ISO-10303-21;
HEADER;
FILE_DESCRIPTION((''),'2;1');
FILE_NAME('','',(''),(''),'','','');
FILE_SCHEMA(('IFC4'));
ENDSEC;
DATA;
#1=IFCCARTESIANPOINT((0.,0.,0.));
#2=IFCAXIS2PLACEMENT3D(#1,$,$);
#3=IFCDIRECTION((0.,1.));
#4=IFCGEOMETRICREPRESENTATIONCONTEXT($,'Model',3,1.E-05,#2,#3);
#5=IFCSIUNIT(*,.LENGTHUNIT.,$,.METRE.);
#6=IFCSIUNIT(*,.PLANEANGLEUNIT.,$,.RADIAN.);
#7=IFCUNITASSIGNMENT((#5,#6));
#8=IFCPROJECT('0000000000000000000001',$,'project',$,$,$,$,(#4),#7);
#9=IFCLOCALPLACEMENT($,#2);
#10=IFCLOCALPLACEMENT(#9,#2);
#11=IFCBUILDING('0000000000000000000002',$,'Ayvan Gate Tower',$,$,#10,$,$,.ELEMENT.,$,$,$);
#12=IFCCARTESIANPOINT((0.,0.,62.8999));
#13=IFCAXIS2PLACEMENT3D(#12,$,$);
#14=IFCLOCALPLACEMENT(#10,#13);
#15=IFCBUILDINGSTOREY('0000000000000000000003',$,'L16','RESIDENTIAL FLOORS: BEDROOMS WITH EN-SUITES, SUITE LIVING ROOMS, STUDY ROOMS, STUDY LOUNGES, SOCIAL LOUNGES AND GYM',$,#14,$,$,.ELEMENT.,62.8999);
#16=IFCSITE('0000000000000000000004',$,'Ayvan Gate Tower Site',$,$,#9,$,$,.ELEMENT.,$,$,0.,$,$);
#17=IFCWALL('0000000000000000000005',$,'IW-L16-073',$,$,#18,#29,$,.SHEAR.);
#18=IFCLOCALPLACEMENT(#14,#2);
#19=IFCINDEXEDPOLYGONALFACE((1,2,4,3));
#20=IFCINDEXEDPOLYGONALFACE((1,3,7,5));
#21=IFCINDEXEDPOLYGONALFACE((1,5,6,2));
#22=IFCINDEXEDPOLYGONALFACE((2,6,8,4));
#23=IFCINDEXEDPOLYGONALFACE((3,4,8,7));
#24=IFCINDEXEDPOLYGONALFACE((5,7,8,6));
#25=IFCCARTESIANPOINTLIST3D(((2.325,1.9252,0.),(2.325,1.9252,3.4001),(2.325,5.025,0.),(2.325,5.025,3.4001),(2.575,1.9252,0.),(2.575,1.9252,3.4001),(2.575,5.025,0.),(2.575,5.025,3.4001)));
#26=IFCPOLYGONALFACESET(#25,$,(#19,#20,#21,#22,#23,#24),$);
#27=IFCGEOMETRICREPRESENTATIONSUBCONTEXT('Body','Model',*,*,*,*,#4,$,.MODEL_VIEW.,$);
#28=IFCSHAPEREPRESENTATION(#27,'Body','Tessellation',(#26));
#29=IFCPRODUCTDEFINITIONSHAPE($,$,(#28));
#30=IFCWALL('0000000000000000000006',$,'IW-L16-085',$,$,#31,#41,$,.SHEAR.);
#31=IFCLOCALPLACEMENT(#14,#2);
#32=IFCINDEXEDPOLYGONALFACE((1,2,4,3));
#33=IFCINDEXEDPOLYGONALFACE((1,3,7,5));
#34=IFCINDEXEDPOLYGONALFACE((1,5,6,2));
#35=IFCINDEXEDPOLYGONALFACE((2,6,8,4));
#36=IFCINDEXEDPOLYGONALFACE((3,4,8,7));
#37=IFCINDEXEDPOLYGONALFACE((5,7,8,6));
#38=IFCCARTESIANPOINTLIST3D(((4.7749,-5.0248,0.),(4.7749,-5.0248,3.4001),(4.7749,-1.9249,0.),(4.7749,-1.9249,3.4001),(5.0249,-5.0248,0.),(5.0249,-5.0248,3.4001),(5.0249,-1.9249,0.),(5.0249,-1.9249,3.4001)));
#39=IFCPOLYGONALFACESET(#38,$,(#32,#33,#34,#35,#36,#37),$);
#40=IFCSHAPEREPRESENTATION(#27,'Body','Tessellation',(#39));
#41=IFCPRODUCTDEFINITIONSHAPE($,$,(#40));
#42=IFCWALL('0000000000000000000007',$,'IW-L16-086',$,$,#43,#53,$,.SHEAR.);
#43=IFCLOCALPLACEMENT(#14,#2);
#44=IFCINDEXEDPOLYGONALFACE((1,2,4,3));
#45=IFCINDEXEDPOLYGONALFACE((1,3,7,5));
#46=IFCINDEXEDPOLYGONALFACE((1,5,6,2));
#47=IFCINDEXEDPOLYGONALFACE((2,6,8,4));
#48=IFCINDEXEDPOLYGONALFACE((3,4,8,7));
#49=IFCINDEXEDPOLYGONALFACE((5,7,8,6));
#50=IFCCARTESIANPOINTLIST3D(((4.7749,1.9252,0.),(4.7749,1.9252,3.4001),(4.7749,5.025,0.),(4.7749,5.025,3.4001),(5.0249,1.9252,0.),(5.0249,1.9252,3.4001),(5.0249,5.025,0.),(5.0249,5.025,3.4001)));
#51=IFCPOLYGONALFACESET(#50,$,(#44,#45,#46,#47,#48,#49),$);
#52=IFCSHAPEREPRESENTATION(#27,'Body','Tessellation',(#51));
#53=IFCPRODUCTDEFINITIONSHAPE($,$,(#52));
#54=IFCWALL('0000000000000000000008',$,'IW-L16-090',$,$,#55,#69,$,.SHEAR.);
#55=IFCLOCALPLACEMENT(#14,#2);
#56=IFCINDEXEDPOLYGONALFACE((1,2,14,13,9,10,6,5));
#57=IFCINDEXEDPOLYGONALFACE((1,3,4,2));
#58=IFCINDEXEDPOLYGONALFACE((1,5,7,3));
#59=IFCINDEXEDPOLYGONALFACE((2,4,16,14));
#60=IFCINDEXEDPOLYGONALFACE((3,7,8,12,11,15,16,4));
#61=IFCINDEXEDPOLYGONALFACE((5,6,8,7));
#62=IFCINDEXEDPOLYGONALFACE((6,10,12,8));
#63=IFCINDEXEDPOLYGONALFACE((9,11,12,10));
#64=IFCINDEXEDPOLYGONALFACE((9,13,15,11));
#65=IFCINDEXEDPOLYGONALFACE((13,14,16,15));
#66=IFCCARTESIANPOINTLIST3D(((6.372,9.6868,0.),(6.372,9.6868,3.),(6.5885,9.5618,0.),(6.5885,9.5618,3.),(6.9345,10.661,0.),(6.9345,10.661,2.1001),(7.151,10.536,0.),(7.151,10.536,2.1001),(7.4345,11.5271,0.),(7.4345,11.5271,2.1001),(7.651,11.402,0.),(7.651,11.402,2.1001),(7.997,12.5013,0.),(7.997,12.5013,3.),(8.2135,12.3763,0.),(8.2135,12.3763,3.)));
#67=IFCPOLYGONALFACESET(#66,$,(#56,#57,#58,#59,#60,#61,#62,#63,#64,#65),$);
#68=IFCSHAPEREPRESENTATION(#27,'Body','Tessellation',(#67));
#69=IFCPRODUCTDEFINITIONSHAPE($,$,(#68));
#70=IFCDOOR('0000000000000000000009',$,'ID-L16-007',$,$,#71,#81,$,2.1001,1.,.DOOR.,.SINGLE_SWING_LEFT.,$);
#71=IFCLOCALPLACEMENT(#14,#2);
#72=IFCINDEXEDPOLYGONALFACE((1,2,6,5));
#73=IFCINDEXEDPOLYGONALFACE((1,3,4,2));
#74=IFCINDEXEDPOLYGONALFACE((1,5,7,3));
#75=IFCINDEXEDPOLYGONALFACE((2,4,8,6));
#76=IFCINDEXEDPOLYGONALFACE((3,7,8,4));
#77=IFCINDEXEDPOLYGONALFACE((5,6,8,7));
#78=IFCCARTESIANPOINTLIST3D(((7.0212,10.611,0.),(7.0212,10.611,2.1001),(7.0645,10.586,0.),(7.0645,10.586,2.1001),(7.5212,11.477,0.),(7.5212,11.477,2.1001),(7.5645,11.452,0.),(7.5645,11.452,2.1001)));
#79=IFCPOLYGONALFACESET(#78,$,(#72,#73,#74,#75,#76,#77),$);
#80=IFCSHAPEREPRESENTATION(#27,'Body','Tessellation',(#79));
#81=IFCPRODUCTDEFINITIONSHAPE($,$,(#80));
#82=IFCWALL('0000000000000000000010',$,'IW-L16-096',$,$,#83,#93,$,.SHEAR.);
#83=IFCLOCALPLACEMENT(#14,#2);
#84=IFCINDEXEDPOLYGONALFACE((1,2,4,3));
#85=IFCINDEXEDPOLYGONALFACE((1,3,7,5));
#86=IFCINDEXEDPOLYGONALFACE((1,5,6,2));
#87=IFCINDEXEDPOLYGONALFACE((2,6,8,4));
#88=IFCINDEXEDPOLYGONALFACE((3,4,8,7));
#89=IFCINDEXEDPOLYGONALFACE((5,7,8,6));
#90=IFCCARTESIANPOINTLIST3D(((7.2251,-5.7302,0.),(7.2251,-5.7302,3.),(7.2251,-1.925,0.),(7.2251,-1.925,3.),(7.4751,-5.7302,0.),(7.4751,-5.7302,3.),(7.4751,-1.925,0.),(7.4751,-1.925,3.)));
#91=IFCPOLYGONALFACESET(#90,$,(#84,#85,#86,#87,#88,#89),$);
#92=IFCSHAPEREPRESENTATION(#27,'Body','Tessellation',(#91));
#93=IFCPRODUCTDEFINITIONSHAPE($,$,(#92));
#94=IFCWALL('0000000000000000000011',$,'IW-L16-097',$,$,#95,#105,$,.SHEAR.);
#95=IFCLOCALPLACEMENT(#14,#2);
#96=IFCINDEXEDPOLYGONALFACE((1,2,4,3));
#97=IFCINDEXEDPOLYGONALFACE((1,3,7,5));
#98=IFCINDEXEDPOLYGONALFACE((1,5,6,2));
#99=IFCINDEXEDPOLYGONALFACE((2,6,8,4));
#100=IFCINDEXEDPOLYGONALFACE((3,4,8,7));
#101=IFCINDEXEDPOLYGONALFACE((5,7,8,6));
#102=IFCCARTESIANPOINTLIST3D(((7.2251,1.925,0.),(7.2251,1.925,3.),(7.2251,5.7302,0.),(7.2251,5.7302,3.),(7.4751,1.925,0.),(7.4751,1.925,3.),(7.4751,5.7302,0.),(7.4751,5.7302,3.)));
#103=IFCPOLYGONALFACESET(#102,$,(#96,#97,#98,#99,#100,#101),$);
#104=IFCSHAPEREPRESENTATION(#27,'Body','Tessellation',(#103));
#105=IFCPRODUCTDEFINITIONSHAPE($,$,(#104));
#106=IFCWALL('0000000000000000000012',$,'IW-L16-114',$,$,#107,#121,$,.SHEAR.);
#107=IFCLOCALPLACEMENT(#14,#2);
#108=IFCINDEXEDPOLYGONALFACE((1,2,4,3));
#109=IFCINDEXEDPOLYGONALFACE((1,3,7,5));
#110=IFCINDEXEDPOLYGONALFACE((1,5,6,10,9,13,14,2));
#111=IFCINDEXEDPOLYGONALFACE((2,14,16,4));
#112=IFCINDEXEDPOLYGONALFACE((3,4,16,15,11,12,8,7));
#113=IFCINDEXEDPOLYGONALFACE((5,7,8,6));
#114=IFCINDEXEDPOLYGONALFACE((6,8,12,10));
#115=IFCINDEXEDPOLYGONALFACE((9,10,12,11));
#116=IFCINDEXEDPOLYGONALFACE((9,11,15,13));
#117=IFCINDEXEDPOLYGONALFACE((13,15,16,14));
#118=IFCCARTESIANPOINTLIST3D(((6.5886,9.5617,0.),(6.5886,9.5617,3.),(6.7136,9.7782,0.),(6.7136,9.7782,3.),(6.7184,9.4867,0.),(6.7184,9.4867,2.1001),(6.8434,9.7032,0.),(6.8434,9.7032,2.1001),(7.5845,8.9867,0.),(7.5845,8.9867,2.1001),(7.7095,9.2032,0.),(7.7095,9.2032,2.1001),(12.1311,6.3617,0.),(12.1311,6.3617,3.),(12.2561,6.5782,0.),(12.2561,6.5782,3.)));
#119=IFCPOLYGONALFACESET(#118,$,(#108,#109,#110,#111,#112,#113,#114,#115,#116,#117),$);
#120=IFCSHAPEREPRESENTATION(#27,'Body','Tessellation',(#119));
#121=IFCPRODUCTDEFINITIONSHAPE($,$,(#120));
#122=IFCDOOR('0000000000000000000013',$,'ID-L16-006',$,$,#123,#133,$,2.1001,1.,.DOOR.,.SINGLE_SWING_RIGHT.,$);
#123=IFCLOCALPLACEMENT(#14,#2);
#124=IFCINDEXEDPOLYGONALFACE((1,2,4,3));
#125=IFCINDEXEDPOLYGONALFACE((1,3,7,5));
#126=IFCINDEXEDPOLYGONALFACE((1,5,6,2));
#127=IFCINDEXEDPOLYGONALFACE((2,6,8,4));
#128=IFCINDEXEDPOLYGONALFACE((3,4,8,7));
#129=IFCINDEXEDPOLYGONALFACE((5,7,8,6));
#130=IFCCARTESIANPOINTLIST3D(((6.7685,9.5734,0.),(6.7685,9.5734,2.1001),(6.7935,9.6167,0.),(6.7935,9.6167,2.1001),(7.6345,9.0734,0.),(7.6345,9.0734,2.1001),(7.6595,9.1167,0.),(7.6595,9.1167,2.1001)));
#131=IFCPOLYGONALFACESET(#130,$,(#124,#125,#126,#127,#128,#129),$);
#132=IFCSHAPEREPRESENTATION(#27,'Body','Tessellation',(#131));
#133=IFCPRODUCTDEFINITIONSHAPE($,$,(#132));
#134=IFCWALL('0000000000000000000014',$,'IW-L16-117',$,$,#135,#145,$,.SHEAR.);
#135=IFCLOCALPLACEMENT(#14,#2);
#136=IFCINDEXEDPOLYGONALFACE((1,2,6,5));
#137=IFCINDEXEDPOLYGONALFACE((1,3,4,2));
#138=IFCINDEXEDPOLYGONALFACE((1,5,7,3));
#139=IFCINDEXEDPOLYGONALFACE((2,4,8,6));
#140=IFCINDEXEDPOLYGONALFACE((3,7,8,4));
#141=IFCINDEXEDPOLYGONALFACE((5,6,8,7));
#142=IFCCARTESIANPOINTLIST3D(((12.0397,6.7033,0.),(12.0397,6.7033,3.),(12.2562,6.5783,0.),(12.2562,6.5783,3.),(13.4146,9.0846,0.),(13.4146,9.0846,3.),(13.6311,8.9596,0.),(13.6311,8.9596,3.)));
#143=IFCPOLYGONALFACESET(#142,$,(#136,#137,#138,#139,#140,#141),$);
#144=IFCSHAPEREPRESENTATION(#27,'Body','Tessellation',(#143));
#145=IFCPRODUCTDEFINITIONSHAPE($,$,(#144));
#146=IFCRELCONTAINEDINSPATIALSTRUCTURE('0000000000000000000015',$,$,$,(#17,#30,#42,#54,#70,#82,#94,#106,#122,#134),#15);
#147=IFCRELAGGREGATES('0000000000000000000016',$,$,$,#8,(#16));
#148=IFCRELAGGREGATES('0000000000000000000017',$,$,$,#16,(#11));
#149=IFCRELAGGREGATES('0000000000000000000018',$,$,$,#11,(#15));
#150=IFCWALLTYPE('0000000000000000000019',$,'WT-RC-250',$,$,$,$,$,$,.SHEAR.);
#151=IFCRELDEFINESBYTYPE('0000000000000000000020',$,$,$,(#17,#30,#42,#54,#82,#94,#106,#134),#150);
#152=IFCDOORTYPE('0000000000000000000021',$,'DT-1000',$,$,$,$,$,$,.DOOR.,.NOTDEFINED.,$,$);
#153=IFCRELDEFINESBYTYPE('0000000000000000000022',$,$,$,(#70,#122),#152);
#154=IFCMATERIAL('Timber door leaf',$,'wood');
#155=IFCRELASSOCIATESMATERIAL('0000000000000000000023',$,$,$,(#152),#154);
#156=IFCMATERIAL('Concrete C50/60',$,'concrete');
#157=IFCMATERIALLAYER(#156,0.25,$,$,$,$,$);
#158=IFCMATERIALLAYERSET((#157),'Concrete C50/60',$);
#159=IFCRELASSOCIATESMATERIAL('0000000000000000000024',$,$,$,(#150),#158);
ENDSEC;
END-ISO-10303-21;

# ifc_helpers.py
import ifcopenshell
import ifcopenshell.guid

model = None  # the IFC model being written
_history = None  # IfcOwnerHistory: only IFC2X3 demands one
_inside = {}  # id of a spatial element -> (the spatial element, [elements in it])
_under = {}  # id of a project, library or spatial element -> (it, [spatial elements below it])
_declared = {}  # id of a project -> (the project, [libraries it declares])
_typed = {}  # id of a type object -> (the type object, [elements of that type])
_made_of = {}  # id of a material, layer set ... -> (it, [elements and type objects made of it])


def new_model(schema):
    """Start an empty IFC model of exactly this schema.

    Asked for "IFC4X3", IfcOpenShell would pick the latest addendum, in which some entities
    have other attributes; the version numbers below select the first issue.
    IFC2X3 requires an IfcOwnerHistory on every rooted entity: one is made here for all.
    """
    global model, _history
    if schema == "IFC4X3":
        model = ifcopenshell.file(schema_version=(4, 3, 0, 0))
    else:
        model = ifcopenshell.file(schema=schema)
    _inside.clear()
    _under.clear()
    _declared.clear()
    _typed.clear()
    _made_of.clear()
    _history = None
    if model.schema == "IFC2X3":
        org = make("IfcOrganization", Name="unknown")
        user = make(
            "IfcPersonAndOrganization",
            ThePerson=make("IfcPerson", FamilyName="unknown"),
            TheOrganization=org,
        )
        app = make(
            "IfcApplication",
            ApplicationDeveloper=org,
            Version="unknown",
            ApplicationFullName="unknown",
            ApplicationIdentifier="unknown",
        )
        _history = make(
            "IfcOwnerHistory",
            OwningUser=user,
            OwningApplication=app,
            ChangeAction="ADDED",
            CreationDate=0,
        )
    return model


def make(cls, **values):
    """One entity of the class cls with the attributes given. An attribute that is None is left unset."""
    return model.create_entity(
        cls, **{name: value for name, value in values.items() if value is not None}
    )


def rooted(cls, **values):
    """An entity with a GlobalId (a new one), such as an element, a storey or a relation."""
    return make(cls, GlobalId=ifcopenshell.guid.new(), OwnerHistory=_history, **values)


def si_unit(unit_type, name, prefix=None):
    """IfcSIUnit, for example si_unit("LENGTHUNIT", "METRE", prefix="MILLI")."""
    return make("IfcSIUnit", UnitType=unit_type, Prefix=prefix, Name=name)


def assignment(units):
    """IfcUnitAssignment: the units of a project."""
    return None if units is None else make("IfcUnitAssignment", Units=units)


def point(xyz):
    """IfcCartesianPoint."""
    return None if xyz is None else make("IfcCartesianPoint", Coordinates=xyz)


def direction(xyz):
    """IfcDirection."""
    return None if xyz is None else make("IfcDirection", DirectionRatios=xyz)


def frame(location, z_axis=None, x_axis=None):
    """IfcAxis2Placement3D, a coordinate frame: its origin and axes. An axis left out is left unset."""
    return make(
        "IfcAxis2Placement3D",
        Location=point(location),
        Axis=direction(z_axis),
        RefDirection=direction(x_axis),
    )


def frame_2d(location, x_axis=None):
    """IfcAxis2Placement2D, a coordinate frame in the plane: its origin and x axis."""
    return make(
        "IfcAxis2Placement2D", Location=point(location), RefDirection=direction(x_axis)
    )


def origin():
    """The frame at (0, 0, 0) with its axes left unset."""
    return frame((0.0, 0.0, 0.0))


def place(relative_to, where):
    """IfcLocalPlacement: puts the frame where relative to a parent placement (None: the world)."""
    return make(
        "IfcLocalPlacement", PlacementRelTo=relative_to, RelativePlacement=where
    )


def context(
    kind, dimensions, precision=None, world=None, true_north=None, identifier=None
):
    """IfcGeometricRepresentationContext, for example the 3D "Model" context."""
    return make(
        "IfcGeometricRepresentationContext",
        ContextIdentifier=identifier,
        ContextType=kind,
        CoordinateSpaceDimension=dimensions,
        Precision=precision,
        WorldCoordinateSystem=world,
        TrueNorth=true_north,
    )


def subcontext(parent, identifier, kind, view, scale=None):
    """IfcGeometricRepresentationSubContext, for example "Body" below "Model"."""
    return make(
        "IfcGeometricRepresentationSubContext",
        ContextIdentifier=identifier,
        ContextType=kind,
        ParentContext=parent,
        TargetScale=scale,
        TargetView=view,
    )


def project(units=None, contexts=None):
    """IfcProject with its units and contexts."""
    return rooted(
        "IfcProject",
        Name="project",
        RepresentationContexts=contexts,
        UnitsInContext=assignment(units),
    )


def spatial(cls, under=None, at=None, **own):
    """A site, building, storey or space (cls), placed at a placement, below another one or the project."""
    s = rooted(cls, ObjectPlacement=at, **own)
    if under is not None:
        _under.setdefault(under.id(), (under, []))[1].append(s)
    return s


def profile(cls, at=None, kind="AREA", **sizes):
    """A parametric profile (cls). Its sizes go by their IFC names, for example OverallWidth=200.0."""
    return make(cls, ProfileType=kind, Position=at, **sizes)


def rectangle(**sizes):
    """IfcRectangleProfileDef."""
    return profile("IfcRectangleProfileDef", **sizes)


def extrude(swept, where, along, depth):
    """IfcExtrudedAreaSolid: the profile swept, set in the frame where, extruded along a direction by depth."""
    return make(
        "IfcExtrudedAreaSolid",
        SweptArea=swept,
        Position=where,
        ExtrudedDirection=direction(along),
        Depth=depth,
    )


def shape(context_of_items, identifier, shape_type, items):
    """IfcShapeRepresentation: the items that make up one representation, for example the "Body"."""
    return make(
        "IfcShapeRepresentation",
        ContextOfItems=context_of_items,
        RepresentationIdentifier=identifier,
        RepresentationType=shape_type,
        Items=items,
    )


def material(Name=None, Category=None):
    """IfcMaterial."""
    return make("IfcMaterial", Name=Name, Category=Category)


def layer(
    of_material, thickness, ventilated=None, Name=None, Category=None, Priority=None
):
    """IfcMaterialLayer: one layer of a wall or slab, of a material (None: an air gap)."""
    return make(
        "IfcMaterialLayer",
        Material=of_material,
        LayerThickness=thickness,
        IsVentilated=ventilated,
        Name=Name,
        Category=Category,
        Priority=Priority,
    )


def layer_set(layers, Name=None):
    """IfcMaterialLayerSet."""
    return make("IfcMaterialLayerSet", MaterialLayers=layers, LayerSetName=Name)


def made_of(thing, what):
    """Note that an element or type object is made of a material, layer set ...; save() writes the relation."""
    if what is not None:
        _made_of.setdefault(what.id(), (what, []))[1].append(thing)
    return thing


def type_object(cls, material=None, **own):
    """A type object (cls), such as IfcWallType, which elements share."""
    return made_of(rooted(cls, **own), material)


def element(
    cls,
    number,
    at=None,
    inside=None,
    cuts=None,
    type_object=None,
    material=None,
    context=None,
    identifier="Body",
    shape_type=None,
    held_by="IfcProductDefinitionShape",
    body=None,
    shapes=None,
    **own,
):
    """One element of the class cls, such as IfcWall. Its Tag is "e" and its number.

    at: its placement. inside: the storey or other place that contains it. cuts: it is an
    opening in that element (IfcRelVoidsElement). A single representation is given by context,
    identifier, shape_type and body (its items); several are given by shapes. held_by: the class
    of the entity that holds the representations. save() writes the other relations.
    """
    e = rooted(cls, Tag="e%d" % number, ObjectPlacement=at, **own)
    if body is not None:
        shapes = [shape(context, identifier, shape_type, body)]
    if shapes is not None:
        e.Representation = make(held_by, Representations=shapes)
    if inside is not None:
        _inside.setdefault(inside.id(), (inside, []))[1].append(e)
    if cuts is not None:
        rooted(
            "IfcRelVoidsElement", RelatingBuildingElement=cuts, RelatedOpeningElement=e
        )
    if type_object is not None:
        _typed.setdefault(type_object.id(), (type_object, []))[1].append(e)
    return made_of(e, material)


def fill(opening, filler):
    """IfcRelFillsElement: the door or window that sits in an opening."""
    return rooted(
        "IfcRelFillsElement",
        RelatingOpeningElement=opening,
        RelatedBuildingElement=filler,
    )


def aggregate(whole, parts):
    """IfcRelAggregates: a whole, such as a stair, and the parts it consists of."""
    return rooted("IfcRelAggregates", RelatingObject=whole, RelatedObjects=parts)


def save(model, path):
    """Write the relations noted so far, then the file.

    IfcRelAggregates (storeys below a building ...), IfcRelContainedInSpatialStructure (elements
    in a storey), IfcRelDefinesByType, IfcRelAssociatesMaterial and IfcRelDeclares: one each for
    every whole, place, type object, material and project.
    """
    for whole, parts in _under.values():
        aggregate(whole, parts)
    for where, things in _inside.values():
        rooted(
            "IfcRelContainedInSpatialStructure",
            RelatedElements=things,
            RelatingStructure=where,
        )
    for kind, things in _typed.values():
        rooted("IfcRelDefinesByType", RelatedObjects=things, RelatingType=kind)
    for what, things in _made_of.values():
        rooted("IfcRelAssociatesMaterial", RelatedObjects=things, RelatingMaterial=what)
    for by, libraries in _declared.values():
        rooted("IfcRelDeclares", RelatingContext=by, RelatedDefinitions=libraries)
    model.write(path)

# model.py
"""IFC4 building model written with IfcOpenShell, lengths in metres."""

from ifc_helpers import new_model, si_unit, direction, frame, frame_2d, origin, place, context, subcontext, project, spatial, rectangle, extrude, material, layer, layer_set, type_object, element, fill, save


model = new_model("IFC4")

# Units and contexts
model_context = context("Model", 3, precision=1e-05, world=origin(), true_north=direction((0.0, 1.0)))
body_context = subcontext(model_context, "Body", "Model", "MODEL_VIEW")
ifc_project = project(units=[si_unit("LENGTHUNIT", "METRE"), si_unit("PLANEANGLEUNIT", "RADIAN")], contexts=[model_context])

# Site, building, storey
site_placement = place(None, origin())
site = spatial("IfcSite", under=ifc_project, at=site_placement, Name="Ayvan Gate Tower Site", CompositionType="ELEMENT", RefElevation=0.0)
building_placement = place(site_placement, origin())
building = spatial("IfcBuilding", under=site, at=building_placement, Name="Ayvan Gate Tower", CompositionType="ELEMENT")
storey_placement = place(building_placement, frame((0.0, 0.0, 62.8999)))
storey = spatial("IfcBuildingStorey", under=building, at=storey_placement, Name="L16", Description="RESIDENTIAL FLOORS: BEDROOMS WITH EN-SUITES, SUITE LIVING ROOMS, STUDY ROOMS, STUDY LOUNGES, SOCIAL LOUNGES AND GYM", CompositionType="ELEMENT", Elevation=62.8999)

# Shared definitions
ifc_material_1 = material(Name="Timber door leaf", Category="wood")

# Shared definitions
door_type_1 = type_object("IfcDoorType", Name="DT-1000", OperationType="NOTDEFINED", PredefinedType="DOOR", material=ifc_material_1)

# Walls
ifc_material_2 = material(Name="Concrete C50/60", Category="concrete")
ifc_layer_1 = layer(ifc_material_2, 0.25)
ifc_layer_set_1 = layer_set([ifc_layer_1], Name="Concrete C50/60")
wall_type_1 = type_object("IfcWallType", Name="WT-RC-250", PredefinedType="SHEAR", material=ifc_layer_set_1)
for number, where, z_axis, x_axis, name in (
    (1, (2.45, 5.0249, 0.0), (0.0, 0.0, 1.0), (0.0, -1.0, 0.0), "IW-L16-073"),
    (2, (4.8999, -1.925, 0.0), (0.0, 0.0, 1.0), (0.0, -1.0, 0.0), "IW-L16-085"),
    (3, (4.8999, 5.0249, 0.0), (0.0, 0.0, 1.0), (0.0, -1.0, 0.0), "IW-L16-086"),
):
    element("IfcWall", number, at=place(storey_placement, frame(where, z_axis=z_axis, x_axis=x_axis)), inside=storey, type_object=wall_type_1, Name=name, PredefinedType="SHEAR", context=body_context, shape_type="SweptSolid", body=[
        extrude(rectangle(XDim=3.0999, YDim=0.25, at=frame_2d((1.5498, 0.0))), origin(), (0.0, 0.0, 1.0), 3.4001),
    ])

# Wall, opening, door
wall_1_placement = place(storey_placement, frame((6.4802, 9.6243, 0.0), z_axis=(0.0, 0.0, 1.0), x_axis=(0.500017, 0.866015, 0.0)))
wall_1 = element("IfcWall", 4, at=wall_1_placement, inside=storey, type_object=wall_type_1, Name="IW-L16-090", PredefinedType="SHEAR", context=body_context, shape_type="SweptSolid", body=[
    extrude(rectangle(XDim=3.25, YDim=0.25, at=frame_2d((1.625, 0.0))), origin(), (0.0, 0.0, 1.0), 3.0),
])
opening_1_placement = place(wall_1_placement, frame((1.125, 0.0, 0.0)))
opening_1 = element("IfcOpeningElement", 5, at=opening_1_placement, cuts=wall_1, PredefinedType="OPENING", context=body_context, shape_type="SweptSolid", body=[
    extrude(rectangle(XDim=1.0, YDim=2.1001, at=frame_2d((0.5, 1.05))), frame((0.0, 0.135, 0.0), z_axis=(0.0, -1.0, 0.0), x_axis=(1.0, 0.0, 0.0)), (0.0, 0.0, 1.0), 0.27),
])
door_1_placement = place(opening_1_placement, origin())
door_1 = element("IfcDoor", 6, at=door_1_placement, inside=storey, type_object=door_type_1, Name="ID-L16-007", OperationType="SINGLE_SWING_LEFT", OverallHeight=2.1001, OverallWidth=1.0, PredefinedType="DOOR", context=body_context, shape_type="SweptSolid", body=[
    extrude(rectangle(XDim=1.0, YDim=2.1001, at=frame_2d((0.5, 1.05))), frame((0.0, 0.0249, 0.0), z_axis=(0.0, -1.0, 0.0), x_axis=(1.0, 0.0, 0.0)), (0.0, 0.0, 1.0), 0.05),
])
fill(opening_1, door_1)

# Walls
for number, where, z_axis, x_axis, name in (
    (7, (7.3501, -1.925, 0.0), (0.0, 0.0, 1.0), (0.0, -1.0, 0.0), "IW-L16-096"),
    (8, (7.3501, 5.7302, 0.0), (0.0, 0.0, 1.0), (0.0, -1.0, 0.0), "IW-L16-097"),
):
    element("IfcWall", number, at=place(storey_placement, frame(where, z_axis=z_axis, x_axis=x_axis)), inside=storey, type_object=wall_type_1, Name=name, PredefinedType="SHEAR", context=body_context, shape_type="SweptSolid", body=[
        extrude(rectangle(XDim=3.8052, YDim=0.25, at=frame_2d((1.9026, 0.0))), origin(), (0.0, 0.0, 1.0), 3.0),
    ])

# Wall, opening, door
wall_2_placement = place(storey_placement, frame((12.1936, 6.47, 0.0), z_axis=(0.0, 0.0, 1.0), x_axis=(-0.866025, 0.5, 0.0)))
wall_2 = element("IfcWall", 9, at=wall_2_placement, inside=storey, type_object=wall_type_1, Name="IW-L16-114", PredefinedType="SHEAR", context=body_context, shape_type="SweptSolid", body=[
    extrude(rectangle(XDim=6.3999, YDim=0.25, at=frame_2d((3.2, 0.0))), origin(), (0.0, 0.0, 1.0), 3.0),
])
opening_2_placement = place(wall_2_placement, frame((5.25, 0.0, 0.0)))
opening_2 = element("IfcOpeningElement", 10, at=opening_2_placement, cuts=wall_2, PredefinedType="OPENING", context=body_context, shape_type="SweptSolid", body=[
    extrude(rectangle(XDim=1.0, YDim=2.1001, at=frame_2d((0.5, 1.05))), frame((0.0, 0.135, 0.0), z_axis=(0.0, -1.0, 0.0), x_axis=(1.0, 0.0, 0.0)), (0.0, 0.0, 1.0), 0.27),
])
door_2_placement = place(opening_2_placement, origin())
door_2 = element("IfcDoor", 11, at=door_2_placement, inside=storey, type_object=door_type_1, Name="ID-L16-006", OperationType="SINGLE_SWING_RIGHT", OverallHeight=2.1001, OverallWidth=1.0, PredefinedType="DOOR", context=body_context, shape_type="SweptSolid", body=[
    extrude(rectangle(XDim=1.0, YDim=2.1001, at=frame_2d((0.5, 1.05))), frame((0.0, 0.0249, 0.0), z_axis=(0.0, -1.0, 0.0), x_axis=(1.0, 0.0, 0.0)), (0.0, 0.0, 1.0), 0.05),
])
fill(opening_2, door_2)

# Wall
wall_3_placement = place(storey_placement, frame((13.5229, 9.0222, 0.0), z_axis=(0.0, 0.0, 1.0), x_axis=(-0.500035, -0.866005, 0.0)))
element("IfcWall", 12, at=wall_3_placement, inside=storey, type_object=wall_type_1, Name="IW-L16-117", PredefinedType="SHEAR", context=body_context, shape_type="SweptSolid", body=[
    extrude(rectangle(XDim=2.7498, YDim=0.25, at=frame_2d((1.375, 0.0))), origin(), (0.0, 0.0, 1.0), 3.0),
])

save(model, "model.ifc")
